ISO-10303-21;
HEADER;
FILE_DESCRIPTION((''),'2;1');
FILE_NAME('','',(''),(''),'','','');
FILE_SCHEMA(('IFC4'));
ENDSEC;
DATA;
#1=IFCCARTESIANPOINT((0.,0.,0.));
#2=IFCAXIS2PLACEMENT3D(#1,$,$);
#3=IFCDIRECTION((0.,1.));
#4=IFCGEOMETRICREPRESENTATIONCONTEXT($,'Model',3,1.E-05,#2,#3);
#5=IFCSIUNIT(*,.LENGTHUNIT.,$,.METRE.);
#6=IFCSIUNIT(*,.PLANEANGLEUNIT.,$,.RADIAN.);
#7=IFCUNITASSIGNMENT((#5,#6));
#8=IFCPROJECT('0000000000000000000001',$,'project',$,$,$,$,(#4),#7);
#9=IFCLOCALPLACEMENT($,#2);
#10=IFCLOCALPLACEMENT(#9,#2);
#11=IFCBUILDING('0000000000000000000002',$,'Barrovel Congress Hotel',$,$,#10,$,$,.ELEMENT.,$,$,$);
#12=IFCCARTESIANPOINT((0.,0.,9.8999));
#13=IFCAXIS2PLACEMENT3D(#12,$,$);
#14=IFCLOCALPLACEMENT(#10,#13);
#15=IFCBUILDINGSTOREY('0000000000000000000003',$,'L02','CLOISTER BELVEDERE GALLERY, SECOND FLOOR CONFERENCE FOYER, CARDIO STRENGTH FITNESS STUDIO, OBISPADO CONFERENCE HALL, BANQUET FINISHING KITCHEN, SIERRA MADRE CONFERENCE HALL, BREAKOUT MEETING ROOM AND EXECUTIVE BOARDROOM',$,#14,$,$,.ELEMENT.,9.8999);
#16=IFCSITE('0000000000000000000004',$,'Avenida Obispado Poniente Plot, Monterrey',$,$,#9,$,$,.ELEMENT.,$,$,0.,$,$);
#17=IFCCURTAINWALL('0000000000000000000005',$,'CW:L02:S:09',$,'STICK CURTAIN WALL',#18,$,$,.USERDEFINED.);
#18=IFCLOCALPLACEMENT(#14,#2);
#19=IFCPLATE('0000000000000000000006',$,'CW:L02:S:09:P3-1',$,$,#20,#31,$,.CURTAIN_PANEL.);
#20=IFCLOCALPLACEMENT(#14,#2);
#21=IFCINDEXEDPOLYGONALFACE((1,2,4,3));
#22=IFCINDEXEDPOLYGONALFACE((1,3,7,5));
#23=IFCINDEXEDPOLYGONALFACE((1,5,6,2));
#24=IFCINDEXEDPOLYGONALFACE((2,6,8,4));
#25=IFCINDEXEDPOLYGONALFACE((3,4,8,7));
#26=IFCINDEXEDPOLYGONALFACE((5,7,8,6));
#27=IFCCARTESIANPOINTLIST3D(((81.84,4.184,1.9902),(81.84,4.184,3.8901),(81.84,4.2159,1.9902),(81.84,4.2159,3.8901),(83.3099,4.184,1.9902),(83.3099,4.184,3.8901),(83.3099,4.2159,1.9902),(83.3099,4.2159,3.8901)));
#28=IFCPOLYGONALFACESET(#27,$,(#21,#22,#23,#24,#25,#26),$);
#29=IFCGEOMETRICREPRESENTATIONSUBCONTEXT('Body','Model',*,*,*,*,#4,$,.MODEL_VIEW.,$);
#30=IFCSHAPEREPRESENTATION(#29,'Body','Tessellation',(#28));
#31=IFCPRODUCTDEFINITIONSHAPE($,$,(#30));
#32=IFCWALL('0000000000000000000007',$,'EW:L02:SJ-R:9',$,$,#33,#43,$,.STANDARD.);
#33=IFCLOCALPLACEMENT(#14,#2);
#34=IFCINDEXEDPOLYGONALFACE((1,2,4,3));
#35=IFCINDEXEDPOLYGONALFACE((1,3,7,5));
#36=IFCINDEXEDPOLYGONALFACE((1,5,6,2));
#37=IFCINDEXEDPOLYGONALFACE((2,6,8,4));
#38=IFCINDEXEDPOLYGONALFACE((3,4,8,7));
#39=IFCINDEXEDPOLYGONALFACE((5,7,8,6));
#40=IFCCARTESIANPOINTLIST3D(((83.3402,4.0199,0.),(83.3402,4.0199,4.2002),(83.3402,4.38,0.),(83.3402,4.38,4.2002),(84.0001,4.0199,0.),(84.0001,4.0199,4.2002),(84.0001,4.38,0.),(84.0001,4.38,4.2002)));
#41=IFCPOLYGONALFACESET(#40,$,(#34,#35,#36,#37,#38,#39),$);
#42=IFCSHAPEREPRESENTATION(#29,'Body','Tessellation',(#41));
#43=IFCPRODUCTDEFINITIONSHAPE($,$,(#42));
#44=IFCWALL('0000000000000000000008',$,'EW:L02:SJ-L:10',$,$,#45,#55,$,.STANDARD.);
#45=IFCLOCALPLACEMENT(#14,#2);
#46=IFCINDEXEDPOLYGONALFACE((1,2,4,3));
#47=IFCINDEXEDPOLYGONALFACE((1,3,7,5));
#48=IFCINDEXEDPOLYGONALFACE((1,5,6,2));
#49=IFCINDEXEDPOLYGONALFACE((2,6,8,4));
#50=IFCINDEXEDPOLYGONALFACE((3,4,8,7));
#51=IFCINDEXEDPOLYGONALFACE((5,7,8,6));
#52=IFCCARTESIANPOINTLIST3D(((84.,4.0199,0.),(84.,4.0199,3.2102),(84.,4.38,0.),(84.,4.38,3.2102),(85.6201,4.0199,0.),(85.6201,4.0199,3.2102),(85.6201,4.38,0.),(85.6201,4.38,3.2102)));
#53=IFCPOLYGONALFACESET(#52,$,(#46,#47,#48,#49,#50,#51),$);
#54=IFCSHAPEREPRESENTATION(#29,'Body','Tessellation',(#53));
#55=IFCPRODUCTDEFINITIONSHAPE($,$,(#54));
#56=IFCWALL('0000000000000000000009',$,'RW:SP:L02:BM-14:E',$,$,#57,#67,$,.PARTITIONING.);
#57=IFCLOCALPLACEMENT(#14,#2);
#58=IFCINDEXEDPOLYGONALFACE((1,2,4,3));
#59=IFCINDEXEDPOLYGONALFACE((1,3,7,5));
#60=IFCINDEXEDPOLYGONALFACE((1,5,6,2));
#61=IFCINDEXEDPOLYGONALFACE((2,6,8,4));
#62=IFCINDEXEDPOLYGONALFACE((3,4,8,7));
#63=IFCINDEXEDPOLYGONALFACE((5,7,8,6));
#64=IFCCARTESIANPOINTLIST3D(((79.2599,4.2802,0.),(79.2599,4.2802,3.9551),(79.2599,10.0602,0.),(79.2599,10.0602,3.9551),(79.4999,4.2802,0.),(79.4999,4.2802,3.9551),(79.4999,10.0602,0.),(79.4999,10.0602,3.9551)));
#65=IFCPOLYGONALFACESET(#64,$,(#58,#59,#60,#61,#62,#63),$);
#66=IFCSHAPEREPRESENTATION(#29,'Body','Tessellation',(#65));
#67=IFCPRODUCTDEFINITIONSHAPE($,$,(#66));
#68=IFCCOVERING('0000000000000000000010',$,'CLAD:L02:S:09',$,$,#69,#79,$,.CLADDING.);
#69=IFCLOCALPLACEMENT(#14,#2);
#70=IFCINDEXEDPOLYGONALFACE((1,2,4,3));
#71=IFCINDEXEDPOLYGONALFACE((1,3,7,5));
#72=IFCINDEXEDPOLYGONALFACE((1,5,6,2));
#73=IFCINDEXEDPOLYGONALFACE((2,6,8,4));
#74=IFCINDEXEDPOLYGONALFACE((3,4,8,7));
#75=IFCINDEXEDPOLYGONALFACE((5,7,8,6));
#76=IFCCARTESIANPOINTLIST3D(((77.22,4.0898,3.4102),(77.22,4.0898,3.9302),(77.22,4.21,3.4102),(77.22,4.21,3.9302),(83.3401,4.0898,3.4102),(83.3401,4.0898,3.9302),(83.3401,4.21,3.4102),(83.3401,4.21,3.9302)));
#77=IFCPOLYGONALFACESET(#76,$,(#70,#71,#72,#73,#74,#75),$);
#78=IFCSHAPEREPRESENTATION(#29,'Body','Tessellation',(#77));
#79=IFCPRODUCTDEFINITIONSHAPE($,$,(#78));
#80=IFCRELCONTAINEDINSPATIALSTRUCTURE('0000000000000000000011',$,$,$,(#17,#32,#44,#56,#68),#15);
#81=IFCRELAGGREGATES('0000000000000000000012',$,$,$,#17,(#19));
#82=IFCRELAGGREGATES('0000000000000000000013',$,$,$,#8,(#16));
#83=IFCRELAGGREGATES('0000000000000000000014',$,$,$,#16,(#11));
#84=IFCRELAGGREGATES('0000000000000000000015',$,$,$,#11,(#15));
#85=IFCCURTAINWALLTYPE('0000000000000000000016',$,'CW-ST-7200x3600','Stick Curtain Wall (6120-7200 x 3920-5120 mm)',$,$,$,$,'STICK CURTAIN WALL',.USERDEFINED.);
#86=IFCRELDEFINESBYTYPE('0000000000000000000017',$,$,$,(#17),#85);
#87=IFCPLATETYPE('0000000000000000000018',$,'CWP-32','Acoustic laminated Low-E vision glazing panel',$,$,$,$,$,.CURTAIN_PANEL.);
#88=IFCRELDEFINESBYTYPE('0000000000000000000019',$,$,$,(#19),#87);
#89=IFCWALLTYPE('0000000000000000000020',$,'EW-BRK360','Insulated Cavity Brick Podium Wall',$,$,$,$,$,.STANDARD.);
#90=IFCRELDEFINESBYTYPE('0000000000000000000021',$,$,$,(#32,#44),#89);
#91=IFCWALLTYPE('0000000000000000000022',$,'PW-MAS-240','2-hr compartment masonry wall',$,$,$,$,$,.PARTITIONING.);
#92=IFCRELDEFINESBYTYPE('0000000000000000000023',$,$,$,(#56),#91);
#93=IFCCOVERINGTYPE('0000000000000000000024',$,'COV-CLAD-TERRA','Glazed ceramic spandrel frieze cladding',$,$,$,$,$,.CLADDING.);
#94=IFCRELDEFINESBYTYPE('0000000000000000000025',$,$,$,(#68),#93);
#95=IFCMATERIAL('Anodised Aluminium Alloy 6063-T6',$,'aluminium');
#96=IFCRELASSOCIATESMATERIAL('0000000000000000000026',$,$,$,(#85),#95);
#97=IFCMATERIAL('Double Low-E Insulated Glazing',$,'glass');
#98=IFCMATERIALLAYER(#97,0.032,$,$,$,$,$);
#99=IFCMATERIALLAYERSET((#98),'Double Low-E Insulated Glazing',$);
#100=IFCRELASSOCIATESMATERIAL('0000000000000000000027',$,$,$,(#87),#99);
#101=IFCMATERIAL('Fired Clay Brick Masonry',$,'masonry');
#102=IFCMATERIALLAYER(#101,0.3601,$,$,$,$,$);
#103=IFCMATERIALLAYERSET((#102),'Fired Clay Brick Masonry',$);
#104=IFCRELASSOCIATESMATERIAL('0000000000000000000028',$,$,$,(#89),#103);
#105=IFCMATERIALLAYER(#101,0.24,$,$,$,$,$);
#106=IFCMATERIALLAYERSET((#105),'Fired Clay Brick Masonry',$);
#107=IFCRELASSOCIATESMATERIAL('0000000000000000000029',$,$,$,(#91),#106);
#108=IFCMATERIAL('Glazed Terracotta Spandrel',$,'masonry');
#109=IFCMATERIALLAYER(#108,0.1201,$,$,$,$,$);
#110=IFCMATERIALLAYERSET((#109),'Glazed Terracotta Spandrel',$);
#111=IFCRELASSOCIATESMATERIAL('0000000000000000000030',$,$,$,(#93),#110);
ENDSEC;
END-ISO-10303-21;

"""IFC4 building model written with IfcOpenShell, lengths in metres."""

from ifc_helpers import new_model, si_unit, direction, frame, frame_2d, origin, origin_2d, place, context, subcontext, project, spatial, rectangle, extrude, material, layer, layer_set, type_object, element, aggregate, save


model = new_model("IFC4")

# Units and contexts
model_context = context("Model", 3, precision=1e-05, world=origin(), true_north=direction((0.0, 1.0)))
body_context = subcontext(model_context, "Body", "Model", "MODEL_VIEW")
ifc_project = project(units=[si_unit("LENGTHUNIT", "METRE"), si_unit("PLANEANGLEUNIT", "RADIAN")], contexts=[model_context])

# Site, building, storey
site_placement = place(None, origin())
site = spatial("IfcSite", under=ifc_project, at=site_placement, Name="Avenida Obispado Poniente Plot, Monterrey", CompositionType="ELEMENT", RefElevation=0.0)
building_placement = place(site_placement, origin())
building = spatial("IfcBuilding", under=site, at=building_placement, Name="Barrovel Congress Hotel", CompositionType="ELEMENT")
storey_placement = place(building_placement, frame((0.0, 0.0, 9.8999)))
storey = spatial("IfcBuildingStorey", under=building, at=storey_placement, Name="L02", Description="CLOISTER BELVEDERE GALLERY, SECOND FLOOR CONFERENCE FOYER, CARDIO STRENGTH FITNESS STUDIO, OBISPADO CONFERENCE HALL, BANQUET FINISHING KITCHEN, SIERRA MADRE CONFERENCE HALL, BREAKOUT MEETING ROOM AND EXECUTIVE BOARDROOM", CompositionType="ELEMENT", Elevation=9.8999)

# Curtain wall
ifc_material_1 = material(Name="Anodised Aluminium Alloy 6063-T6", Category="aluminium")
curtain_wall_type = type_object("IfcCurtainWallType", Name="CW-ST-7200x3600", Description="Stick Curtain Wall (6120-7200 x 3920-5120 mm)", ElementType="STICK CURTAIN WALL", PredefinedType="USERDEFINED", material=ifc_material_1)
curtain_wall_placement = place(storey_placement, origin())
curtain_wall = element("IfcCurtainWall", 1, at=curtain_wall_placement, inside=storey, type_object=curtain_wall_type, Name="CW:L02:S:09", ObjectType="STICK CURTAIN WALL", PredefinedType="USERDEFINED")

# Plate
ifc_material_2 = material(Name="Double Low-E Insulated Glazing", Category="glass")
ifc_layer_1 = layer(ifc_material_2, 0.032)
ifc_layer_set_1 = layer_set([ifc_layer_1], Name="Double Low-E Insulated Glazing")
plate_type = type_object("IfcPlateType", Name="CWP-32", Description="Acoustic laminated Low-E vision glazing panel", PredefinedType="CURTAIN_PANEL", material=ifc_layer_set_1)
plate_1_placement = place(storey_placement, frame((82.575, 4.2, 1.9902), z_axis=(0.0, 0.0, 1.0), x_axis=(1.0, 0.0, 0.0)))
plate_1 = element("IfcPlate", 2, at=plate_1_placement, type_object=plate_type, Name="CW:L02:S:09:P3-1", PredefinedType="CURTAIN_PANEL", context=body_context, shape_type="SweptSolid", body=[
    extrude(rectangle(XDim=1.47, YDim=0.032, at=origin_2d()), origin(), (0.0, 0.0, 1.0), 1.8999),
])
aggregate(curtain_wall, [plate_1])

# Walls
ifc_material_3 = material(Name="Fired Clay Brick Masonry", Category="masonry")
ifc_layer_2 = layer(ifc_material_3, 0.3601)
ifc_layer_set_2 = layer_set([ifc_layer_2], Name="Fired Clay Brick Masonry")
wall_type_1 = type_object("IfcWallType", Name="EW-BRK360", Description="Insulated Cavity Brick Podium Wall", PredefinedType="STANDARD", material=ifc_layer_set_2)
wall_1_placement = place(storey_placement, frame((83.3401, 4.2, 0.0), z_axis=(0.0, 0.0, 1.0), x_axis=(1.0, 0.0, 0.0)))
element("IfcWall", 3, at=wall_1_placement, inside=storey, type_object=wall_type_1, Name="EW:L02:SJ-R:9", PredefinedType="STANDARD", context=body_context, shape_type="SweptSolid", body=[
    extrude(rectangle(XDim=0.6599, YDim=0.3601, at=frame_2d((0.3301, 0.0))), origin(), (0.0, 0.0, 1.0), 4.2002),
])
wall_2_placement = place(storey_placement, frame((84.0, 4.2, 0.0), z_axis=(0.0, 0.0, 1.0), x_axis=(1.0, 0.0, 0.0)))
element("IfcWall", 4, at=wall_2_placement, inside=storey, type_object=wall_type_1, Name="EW:L02:SJ-L:10", PredefinedType="STANDARD", context=body_context, shape_type="SweptSolid", body=[
    extrude(rectangle(XDim=1.6201, YDim=0.3601, at=frame_2d((0.8101, 0.0))), origin(), (0.0, 0.0, 1.0), 3.2102),
])
ifc_layer_3 = layer(ifc_material_3, 0.24)
ifc_layer_set_3 = layer_set([ifc_layer_3], Name="Fired Clay Brick Masonry")
wall_type_2 = type_object("IfcWallType", Name="PW-MAS-240", Description="2-hr compartment masonry wall", PredefinedType="PARTITIONING", material=ifc_layer_set_3)
wall_3_placement = place(storey_placement, frame((79.3799, 4.28, 0.0), z_axis=(0.0, 0.0, 1.0), x_axis=(0.0, 1.0, 0.0)))
element("IfcWall", 5, at=wall_3_placement, inside=storey, type_object=wall_type_2, Name="RW:SP:L02:BM-14:E", PredefinedType="PARTITIONING", context=body_context, shape_type="SweptSolid", body=[
    extrude(rectangle(XDim=5.78, YDim=0.24, at=frame_2d((2.8901, 0.0))), origin(), (0.0, 0.0, 1.0), 3.9551),
])

# Covering
ifc_material_4 = material(Name="Glazed Terracotta Spandrel", Category="masonry")
ifc_layer_4 = layer(ifc_material_4, 0.1201)
ifc_layer_set_4 = layer_set([ifc_layer_4], Name="Glazed Terracotta Spandrel")
covering_type = type_object("IfcCoveringType", Name="COV-CLAD-TERRA", Description="Glazed ceramic spandrel frieze cladding", PredefinedType="CLADDING", material=ifc_layer_set_4)
covering_placement = place(storey_placement, frame((80.28, 4.1499, 3.4102), z_axis=(0.0, 0.0, 1.0), x_axis=(1.0, 0.0, 0.0)))
element("IfcCovering", 6, at=covering_placement, inside=storey, type_object=covering_type, Name="CLAD:L02:S:09", PredefinedType="CLADDING", context=body_context, shape_type="SweptSolid", body=[
    extrude(rectangle(XDim=6.1201, YDim=0.1201, at=origin_2d()), origin(), (0.0, 0.0, 1.0), 0.52),
])

save(model, "model.ifc")
